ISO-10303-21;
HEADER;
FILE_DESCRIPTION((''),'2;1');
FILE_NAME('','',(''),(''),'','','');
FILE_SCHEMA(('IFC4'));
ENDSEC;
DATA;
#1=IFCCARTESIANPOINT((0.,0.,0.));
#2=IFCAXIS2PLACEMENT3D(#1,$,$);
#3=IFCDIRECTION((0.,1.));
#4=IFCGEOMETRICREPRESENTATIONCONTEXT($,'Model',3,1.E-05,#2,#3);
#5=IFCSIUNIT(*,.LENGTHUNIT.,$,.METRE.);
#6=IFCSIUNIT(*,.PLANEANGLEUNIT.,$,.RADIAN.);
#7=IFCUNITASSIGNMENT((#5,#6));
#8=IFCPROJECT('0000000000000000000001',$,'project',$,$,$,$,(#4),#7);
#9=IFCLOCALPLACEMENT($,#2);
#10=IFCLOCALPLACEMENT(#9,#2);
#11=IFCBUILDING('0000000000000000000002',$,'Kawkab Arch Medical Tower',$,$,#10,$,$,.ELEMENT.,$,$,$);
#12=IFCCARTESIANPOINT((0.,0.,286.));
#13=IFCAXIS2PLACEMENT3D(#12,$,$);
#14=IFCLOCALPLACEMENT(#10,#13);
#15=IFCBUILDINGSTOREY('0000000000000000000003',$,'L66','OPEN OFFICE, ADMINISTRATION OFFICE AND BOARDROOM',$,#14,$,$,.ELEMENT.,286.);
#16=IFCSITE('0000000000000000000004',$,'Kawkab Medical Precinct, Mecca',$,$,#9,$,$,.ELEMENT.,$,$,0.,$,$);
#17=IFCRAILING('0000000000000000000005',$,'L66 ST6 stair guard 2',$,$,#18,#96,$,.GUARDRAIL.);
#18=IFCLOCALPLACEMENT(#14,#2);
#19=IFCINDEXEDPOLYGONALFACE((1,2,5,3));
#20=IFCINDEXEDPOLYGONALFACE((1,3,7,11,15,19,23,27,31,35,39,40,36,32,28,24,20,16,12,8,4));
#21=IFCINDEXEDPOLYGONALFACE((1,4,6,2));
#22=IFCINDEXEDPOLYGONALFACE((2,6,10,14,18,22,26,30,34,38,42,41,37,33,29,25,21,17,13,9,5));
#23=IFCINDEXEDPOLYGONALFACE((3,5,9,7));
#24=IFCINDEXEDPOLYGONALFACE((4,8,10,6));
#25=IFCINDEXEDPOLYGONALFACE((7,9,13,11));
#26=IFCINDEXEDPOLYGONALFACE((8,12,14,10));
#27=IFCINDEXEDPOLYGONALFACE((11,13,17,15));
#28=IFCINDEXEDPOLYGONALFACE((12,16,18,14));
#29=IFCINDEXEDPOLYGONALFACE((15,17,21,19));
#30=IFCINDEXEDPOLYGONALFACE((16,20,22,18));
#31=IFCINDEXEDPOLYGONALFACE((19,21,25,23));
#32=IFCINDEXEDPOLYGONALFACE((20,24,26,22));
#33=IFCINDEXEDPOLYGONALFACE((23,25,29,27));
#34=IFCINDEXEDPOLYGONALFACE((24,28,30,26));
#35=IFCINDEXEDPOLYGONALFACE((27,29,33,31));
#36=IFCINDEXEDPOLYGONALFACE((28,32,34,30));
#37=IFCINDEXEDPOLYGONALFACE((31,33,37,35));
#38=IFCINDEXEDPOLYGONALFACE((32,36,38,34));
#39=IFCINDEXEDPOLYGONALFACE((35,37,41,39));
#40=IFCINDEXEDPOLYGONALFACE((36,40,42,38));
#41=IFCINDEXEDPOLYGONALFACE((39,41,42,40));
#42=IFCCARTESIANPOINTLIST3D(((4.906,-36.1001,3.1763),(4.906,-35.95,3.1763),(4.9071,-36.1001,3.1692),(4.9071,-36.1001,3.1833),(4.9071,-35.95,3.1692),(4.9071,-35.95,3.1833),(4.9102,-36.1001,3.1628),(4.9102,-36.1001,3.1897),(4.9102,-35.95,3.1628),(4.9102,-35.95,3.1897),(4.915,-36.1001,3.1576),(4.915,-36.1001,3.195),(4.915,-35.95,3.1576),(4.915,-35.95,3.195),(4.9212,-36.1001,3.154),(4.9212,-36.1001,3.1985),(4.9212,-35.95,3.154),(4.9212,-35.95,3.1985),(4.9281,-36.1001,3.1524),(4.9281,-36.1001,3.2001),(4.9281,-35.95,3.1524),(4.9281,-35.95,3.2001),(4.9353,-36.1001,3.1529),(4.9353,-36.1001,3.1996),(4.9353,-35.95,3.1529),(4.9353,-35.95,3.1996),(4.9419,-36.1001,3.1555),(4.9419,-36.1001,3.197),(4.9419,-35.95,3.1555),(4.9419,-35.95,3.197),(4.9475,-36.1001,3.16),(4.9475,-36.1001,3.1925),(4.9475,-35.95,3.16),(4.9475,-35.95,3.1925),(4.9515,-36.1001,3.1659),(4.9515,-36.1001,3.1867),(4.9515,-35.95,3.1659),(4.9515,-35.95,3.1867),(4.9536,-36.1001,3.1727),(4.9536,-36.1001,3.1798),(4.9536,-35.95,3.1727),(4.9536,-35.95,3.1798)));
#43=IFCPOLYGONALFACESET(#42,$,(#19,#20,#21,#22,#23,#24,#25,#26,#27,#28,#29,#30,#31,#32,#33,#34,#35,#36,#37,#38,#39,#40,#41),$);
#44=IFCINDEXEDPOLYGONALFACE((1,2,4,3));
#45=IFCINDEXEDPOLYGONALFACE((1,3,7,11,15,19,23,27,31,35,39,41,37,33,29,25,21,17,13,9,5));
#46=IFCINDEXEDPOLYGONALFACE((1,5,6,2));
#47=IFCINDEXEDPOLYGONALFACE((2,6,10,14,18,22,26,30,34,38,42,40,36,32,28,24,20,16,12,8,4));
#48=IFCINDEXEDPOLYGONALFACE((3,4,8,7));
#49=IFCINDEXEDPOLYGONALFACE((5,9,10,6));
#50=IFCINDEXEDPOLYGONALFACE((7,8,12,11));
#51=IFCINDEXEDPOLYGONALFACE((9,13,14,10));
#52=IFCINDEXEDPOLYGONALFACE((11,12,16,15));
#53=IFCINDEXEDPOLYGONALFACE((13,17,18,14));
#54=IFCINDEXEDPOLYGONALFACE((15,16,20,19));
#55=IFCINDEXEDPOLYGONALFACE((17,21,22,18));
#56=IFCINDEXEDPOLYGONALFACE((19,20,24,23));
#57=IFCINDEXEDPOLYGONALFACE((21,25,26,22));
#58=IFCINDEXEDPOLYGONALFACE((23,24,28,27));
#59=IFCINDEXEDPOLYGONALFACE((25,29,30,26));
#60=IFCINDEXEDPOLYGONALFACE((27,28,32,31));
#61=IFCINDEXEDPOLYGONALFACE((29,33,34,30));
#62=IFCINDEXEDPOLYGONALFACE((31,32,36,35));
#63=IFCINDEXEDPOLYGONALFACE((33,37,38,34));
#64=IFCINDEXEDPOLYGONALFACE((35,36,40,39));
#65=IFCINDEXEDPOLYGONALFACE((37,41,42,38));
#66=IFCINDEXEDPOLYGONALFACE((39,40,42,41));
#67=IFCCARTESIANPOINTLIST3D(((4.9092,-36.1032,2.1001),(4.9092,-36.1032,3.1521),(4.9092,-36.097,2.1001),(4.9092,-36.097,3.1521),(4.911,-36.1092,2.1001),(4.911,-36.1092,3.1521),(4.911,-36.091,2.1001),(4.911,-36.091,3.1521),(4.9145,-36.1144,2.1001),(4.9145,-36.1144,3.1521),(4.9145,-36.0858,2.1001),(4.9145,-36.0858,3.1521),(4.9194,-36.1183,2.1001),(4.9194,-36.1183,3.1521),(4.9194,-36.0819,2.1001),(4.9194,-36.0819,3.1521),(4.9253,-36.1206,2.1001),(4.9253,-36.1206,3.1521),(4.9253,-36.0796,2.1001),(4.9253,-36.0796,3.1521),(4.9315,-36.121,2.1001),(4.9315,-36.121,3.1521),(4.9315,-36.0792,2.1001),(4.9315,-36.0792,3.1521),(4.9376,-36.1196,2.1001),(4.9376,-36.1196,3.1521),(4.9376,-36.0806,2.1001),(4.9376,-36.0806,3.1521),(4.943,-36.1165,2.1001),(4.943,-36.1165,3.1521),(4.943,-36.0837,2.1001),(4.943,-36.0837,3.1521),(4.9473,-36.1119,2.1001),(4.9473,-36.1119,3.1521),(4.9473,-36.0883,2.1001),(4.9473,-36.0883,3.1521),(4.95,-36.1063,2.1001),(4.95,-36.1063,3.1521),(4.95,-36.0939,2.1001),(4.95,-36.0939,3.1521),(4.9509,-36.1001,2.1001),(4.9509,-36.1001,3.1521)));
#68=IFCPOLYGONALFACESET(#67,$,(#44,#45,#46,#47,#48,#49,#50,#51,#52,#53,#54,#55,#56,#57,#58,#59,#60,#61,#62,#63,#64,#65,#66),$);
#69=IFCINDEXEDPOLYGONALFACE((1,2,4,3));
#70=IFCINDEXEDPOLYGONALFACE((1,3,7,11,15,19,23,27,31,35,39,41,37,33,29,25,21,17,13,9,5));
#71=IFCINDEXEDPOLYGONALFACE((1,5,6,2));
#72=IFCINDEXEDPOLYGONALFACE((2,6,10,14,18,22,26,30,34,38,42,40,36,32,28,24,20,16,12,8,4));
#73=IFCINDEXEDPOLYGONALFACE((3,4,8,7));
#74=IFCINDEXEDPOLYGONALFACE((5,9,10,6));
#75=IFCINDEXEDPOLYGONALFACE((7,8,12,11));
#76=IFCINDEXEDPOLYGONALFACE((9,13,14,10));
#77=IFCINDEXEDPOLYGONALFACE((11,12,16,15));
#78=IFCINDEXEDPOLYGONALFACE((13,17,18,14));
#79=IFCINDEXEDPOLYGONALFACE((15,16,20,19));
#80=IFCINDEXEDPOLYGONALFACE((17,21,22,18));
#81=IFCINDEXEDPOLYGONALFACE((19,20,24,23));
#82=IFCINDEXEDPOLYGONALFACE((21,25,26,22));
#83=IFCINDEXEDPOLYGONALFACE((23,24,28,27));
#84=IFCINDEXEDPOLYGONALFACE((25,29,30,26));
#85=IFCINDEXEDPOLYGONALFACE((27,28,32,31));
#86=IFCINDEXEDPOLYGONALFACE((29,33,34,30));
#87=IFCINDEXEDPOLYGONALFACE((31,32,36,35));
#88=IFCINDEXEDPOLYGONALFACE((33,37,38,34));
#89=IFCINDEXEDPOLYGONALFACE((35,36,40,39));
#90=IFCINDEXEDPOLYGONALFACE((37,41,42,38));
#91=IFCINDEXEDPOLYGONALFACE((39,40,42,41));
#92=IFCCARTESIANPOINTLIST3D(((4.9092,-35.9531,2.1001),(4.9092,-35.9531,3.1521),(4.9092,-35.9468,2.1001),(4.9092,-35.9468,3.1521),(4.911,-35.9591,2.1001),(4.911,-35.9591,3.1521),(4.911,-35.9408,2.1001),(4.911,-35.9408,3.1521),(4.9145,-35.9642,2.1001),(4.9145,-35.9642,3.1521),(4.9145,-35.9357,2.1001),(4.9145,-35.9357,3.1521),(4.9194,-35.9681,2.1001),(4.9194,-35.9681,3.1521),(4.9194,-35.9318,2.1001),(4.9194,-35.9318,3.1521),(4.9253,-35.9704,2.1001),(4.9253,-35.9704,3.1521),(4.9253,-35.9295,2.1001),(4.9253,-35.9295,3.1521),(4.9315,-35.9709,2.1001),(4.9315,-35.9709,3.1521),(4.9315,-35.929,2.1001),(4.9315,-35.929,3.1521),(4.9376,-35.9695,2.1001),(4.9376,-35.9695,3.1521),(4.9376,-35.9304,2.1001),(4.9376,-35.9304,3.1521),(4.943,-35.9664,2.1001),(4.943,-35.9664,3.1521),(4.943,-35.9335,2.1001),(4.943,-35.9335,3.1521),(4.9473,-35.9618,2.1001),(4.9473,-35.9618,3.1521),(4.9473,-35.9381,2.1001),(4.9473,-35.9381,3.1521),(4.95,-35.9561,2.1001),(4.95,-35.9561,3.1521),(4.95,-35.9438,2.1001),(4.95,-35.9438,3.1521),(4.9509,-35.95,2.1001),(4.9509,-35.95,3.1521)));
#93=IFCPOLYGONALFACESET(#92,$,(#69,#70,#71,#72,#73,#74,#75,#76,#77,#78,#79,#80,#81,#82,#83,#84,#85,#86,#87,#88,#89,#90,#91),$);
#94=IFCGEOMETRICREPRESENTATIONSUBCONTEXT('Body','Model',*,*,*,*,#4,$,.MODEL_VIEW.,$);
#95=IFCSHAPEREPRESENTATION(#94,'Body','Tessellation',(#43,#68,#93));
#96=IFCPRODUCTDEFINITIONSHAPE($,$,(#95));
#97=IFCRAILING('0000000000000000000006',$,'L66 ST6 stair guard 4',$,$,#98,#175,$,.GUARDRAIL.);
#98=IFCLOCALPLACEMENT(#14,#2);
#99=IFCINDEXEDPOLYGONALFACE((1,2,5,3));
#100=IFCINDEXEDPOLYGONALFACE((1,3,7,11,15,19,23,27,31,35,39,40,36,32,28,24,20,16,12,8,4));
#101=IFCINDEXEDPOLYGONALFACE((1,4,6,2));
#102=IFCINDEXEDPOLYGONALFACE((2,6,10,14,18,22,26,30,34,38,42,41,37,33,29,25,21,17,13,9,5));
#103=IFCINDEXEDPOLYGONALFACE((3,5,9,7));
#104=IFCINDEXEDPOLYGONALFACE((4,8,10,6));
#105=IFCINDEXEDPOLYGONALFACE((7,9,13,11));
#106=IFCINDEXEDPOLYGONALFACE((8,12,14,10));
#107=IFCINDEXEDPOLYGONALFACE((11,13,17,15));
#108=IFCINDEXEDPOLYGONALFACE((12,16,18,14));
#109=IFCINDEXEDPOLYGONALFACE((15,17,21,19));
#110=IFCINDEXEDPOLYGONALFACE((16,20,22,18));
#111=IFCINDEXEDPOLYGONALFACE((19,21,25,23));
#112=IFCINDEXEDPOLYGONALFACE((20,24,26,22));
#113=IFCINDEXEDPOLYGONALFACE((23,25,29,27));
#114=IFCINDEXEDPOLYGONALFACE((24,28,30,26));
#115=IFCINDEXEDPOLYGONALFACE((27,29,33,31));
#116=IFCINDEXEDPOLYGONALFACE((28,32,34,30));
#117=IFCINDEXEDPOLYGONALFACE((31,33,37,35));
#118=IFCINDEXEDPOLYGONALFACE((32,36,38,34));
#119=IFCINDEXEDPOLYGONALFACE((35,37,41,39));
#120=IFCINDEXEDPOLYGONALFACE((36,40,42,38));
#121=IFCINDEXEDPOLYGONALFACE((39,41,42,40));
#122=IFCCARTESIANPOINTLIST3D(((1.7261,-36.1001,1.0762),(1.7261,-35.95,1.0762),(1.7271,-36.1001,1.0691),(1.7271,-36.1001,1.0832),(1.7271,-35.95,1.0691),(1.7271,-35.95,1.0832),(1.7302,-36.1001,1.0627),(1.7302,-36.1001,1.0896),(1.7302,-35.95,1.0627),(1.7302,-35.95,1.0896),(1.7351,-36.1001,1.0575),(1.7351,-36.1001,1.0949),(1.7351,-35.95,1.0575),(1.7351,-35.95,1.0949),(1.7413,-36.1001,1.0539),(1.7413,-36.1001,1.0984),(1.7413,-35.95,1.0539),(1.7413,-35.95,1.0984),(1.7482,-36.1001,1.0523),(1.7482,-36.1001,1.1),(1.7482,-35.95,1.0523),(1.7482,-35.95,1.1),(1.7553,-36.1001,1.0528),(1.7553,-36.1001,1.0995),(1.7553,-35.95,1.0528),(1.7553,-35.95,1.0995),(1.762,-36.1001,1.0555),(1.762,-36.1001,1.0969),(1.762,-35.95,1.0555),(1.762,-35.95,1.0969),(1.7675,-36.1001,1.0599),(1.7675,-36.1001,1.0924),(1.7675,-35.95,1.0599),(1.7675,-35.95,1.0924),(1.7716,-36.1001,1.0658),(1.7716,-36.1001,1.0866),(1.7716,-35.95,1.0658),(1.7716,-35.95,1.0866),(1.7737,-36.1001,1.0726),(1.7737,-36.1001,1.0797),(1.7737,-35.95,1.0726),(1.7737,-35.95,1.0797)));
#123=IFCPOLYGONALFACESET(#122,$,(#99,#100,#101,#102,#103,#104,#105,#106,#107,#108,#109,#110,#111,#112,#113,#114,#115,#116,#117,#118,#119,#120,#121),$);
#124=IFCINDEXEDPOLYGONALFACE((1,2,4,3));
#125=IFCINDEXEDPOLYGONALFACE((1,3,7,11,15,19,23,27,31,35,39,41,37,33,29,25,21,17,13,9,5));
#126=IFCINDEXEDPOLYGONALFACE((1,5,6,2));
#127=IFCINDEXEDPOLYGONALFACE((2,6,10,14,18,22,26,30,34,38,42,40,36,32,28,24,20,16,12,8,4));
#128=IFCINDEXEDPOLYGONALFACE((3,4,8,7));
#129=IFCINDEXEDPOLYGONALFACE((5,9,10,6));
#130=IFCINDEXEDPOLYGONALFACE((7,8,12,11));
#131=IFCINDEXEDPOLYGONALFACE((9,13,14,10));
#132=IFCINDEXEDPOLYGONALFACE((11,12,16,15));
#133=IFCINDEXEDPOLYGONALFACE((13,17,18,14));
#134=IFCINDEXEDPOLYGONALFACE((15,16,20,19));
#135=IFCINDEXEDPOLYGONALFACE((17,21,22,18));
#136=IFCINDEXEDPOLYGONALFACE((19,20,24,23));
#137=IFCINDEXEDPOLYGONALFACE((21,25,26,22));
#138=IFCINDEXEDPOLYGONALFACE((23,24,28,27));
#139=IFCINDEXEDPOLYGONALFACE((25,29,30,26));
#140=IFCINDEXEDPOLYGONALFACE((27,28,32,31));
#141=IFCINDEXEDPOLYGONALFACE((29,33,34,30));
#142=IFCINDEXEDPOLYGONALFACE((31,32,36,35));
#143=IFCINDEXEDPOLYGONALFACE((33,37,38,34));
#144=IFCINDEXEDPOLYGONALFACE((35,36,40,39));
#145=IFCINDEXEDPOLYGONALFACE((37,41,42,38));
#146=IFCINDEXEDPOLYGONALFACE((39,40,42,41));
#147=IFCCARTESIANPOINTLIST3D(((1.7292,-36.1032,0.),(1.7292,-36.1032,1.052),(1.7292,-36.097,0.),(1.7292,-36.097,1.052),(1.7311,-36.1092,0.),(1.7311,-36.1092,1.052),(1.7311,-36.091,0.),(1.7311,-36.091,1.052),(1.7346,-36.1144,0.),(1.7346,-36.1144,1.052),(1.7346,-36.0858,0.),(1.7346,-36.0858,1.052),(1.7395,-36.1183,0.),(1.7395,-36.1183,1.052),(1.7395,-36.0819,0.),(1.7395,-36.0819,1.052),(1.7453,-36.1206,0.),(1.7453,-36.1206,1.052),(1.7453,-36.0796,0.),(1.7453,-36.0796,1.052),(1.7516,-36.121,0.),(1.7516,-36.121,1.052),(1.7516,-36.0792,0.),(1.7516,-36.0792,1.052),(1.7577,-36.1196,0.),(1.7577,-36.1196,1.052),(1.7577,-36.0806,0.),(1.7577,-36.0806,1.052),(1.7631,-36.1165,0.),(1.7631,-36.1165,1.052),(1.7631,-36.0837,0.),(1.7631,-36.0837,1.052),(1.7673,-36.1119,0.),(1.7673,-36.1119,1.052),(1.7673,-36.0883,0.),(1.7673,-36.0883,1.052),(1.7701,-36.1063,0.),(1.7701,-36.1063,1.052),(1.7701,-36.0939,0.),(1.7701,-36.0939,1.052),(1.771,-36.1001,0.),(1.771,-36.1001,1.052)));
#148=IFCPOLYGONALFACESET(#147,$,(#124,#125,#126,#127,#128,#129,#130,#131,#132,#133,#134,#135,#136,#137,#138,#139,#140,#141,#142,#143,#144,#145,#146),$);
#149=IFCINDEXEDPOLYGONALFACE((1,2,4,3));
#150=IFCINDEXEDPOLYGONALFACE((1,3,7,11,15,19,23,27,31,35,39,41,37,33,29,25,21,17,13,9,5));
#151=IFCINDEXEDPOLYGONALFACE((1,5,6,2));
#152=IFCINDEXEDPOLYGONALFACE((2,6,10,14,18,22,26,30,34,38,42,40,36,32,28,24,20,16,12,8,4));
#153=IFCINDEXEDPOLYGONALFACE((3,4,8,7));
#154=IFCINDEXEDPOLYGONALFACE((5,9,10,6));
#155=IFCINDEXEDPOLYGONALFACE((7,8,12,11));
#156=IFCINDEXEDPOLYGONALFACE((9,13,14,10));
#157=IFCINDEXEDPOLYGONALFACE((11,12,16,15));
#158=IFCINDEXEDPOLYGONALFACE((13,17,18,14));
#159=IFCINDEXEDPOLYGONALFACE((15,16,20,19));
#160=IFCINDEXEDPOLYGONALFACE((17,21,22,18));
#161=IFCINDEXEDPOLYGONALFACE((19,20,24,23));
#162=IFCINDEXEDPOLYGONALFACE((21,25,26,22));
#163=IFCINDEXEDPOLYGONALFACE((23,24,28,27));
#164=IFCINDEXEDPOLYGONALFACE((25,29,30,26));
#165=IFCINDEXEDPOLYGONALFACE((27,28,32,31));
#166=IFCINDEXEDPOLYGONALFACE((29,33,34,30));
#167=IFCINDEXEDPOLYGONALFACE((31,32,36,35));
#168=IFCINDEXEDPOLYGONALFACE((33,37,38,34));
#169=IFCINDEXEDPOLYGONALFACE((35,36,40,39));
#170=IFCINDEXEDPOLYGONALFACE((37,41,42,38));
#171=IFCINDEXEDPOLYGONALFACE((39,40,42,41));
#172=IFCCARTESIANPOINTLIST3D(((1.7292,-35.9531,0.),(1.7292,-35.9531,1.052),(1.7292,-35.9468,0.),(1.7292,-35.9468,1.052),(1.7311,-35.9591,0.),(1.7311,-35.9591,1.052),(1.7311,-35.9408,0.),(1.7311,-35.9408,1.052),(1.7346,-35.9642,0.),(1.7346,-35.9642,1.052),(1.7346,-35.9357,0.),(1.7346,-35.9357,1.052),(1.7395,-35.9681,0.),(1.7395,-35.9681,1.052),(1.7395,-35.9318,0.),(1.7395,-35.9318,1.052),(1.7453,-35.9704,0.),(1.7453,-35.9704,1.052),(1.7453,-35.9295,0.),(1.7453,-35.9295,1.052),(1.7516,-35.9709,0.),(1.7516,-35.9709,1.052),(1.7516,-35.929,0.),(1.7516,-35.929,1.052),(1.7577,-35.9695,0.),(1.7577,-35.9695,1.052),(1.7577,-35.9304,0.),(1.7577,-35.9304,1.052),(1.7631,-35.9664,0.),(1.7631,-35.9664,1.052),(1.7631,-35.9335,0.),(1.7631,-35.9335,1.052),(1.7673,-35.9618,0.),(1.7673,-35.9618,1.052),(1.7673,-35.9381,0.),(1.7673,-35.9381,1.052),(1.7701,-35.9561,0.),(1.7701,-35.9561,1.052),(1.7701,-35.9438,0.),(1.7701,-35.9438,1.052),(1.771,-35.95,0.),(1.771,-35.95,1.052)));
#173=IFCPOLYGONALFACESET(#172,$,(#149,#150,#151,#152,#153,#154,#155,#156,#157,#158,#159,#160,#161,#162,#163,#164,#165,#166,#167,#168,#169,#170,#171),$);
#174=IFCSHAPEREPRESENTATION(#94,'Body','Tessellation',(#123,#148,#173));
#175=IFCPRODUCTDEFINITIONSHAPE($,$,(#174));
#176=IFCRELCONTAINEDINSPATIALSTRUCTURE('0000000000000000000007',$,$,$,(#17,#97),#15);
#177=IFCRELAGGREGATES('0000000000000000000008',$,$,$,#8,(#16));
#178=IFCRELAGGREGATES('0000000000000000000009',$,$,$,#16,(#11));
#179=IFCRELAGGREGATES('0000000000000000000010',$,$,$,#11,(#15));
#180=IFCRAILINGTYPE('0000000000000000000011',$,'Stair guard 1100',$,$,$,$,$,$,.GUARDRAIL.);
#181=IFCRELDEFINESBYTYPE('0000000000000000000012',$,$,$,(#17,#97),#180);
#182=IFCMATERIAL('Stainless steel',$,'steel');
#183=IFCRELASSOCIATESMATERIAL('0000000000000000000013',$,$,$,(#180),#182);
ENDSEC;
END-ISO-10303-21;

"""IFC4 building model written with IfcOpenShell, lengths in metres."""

from ifc_helpers import new_model, si_unit, direction, frame, origin, origin_2d, place, context, subcontext, project, spatial, circle, extrude, material, type_object, element, save


model = new_model("IFC4")

# Units and contexts
model_context = context("Model", 3, precision=1e-05, world=origin(), true_north=direction((0.0, 1.0)))
body_context = subcontext(model_context, "Body", "Model", "MODEL_VIEW")
ifc_project = project(units=[si_unit("LENGTHUNIT", "METRE"), si_unit("PLANEANGLEUNIT", "RADIAN")], contexts=[model_context])

# Site, building, storey
site_placement = place(None, origin())
site = spatial("IfcSite", under=ifc_project, at=site_placement, Name="Kawkab Medical Precinct, Mecca", CompositionType="ELEMENT", RefElevation=0.0)
building_placement = place(site_placement, origin())
building = spatial("IfcBuilding", under=site, at=building_placement, Name="Kawkab Arch Medical Tower", CompositionType="ELEMENT")
storey_placement = place(building_placement, frame((0.0, 0.0, 286.0)))
storey = spatial("IfcBuildingStorey", under=building, at=storey_placement, Name="L66", Description="OPEN OFFICE, ADMINISTRATION OFFICE AND BOARDROOM", CompositionType="ELEMENT", Elevation=286.0)

# Railings
ifc_material_1 = material(Name="Stainless steel", Category="steel")
railing_type_1 = type_object("IfcRailingType", Name="Stair guard 1100", PredefinedType="GUARDRAIL", material=ifc_material_1)
for number, where, name in (
    (1, (4.9299, -36.1001, 2.1001), "L66 ST6 stair guard 2"),
    (2, (1.75, -36.1001, 0.0), "L66 ST6 stair guard 4"),
):
    element("IfcRailing", number, at=place(storey_placement, frame(where)), inside=storey, type_object=railing_type_1, Name=name, PredefinedType="GUARDRAIL", context=body_context, shape_type="SweptSolid", body=[
        extrude(circle(Radius=0.0239, at=origin_2d()), frame((0.0, 0.0, 1.0762), z_axis=(0.0, 1.0, 0.0), x_axis=(-1.0, 0.0, 0.0)), (0.0, 0.0, 1.0), 0.1501),
        extrude(circle(Radius=0.021, at=origin_2d()), origin(), (0.0, 0.0, 1.0), 1.052),
        extrude(circle(Radius=0.021, at=origin_2d()), frame((0.0, 0.1501, 0.0)), (0.0, 0.0, 1.0), 1.052),
    ])

save(model, "model.ifc")
